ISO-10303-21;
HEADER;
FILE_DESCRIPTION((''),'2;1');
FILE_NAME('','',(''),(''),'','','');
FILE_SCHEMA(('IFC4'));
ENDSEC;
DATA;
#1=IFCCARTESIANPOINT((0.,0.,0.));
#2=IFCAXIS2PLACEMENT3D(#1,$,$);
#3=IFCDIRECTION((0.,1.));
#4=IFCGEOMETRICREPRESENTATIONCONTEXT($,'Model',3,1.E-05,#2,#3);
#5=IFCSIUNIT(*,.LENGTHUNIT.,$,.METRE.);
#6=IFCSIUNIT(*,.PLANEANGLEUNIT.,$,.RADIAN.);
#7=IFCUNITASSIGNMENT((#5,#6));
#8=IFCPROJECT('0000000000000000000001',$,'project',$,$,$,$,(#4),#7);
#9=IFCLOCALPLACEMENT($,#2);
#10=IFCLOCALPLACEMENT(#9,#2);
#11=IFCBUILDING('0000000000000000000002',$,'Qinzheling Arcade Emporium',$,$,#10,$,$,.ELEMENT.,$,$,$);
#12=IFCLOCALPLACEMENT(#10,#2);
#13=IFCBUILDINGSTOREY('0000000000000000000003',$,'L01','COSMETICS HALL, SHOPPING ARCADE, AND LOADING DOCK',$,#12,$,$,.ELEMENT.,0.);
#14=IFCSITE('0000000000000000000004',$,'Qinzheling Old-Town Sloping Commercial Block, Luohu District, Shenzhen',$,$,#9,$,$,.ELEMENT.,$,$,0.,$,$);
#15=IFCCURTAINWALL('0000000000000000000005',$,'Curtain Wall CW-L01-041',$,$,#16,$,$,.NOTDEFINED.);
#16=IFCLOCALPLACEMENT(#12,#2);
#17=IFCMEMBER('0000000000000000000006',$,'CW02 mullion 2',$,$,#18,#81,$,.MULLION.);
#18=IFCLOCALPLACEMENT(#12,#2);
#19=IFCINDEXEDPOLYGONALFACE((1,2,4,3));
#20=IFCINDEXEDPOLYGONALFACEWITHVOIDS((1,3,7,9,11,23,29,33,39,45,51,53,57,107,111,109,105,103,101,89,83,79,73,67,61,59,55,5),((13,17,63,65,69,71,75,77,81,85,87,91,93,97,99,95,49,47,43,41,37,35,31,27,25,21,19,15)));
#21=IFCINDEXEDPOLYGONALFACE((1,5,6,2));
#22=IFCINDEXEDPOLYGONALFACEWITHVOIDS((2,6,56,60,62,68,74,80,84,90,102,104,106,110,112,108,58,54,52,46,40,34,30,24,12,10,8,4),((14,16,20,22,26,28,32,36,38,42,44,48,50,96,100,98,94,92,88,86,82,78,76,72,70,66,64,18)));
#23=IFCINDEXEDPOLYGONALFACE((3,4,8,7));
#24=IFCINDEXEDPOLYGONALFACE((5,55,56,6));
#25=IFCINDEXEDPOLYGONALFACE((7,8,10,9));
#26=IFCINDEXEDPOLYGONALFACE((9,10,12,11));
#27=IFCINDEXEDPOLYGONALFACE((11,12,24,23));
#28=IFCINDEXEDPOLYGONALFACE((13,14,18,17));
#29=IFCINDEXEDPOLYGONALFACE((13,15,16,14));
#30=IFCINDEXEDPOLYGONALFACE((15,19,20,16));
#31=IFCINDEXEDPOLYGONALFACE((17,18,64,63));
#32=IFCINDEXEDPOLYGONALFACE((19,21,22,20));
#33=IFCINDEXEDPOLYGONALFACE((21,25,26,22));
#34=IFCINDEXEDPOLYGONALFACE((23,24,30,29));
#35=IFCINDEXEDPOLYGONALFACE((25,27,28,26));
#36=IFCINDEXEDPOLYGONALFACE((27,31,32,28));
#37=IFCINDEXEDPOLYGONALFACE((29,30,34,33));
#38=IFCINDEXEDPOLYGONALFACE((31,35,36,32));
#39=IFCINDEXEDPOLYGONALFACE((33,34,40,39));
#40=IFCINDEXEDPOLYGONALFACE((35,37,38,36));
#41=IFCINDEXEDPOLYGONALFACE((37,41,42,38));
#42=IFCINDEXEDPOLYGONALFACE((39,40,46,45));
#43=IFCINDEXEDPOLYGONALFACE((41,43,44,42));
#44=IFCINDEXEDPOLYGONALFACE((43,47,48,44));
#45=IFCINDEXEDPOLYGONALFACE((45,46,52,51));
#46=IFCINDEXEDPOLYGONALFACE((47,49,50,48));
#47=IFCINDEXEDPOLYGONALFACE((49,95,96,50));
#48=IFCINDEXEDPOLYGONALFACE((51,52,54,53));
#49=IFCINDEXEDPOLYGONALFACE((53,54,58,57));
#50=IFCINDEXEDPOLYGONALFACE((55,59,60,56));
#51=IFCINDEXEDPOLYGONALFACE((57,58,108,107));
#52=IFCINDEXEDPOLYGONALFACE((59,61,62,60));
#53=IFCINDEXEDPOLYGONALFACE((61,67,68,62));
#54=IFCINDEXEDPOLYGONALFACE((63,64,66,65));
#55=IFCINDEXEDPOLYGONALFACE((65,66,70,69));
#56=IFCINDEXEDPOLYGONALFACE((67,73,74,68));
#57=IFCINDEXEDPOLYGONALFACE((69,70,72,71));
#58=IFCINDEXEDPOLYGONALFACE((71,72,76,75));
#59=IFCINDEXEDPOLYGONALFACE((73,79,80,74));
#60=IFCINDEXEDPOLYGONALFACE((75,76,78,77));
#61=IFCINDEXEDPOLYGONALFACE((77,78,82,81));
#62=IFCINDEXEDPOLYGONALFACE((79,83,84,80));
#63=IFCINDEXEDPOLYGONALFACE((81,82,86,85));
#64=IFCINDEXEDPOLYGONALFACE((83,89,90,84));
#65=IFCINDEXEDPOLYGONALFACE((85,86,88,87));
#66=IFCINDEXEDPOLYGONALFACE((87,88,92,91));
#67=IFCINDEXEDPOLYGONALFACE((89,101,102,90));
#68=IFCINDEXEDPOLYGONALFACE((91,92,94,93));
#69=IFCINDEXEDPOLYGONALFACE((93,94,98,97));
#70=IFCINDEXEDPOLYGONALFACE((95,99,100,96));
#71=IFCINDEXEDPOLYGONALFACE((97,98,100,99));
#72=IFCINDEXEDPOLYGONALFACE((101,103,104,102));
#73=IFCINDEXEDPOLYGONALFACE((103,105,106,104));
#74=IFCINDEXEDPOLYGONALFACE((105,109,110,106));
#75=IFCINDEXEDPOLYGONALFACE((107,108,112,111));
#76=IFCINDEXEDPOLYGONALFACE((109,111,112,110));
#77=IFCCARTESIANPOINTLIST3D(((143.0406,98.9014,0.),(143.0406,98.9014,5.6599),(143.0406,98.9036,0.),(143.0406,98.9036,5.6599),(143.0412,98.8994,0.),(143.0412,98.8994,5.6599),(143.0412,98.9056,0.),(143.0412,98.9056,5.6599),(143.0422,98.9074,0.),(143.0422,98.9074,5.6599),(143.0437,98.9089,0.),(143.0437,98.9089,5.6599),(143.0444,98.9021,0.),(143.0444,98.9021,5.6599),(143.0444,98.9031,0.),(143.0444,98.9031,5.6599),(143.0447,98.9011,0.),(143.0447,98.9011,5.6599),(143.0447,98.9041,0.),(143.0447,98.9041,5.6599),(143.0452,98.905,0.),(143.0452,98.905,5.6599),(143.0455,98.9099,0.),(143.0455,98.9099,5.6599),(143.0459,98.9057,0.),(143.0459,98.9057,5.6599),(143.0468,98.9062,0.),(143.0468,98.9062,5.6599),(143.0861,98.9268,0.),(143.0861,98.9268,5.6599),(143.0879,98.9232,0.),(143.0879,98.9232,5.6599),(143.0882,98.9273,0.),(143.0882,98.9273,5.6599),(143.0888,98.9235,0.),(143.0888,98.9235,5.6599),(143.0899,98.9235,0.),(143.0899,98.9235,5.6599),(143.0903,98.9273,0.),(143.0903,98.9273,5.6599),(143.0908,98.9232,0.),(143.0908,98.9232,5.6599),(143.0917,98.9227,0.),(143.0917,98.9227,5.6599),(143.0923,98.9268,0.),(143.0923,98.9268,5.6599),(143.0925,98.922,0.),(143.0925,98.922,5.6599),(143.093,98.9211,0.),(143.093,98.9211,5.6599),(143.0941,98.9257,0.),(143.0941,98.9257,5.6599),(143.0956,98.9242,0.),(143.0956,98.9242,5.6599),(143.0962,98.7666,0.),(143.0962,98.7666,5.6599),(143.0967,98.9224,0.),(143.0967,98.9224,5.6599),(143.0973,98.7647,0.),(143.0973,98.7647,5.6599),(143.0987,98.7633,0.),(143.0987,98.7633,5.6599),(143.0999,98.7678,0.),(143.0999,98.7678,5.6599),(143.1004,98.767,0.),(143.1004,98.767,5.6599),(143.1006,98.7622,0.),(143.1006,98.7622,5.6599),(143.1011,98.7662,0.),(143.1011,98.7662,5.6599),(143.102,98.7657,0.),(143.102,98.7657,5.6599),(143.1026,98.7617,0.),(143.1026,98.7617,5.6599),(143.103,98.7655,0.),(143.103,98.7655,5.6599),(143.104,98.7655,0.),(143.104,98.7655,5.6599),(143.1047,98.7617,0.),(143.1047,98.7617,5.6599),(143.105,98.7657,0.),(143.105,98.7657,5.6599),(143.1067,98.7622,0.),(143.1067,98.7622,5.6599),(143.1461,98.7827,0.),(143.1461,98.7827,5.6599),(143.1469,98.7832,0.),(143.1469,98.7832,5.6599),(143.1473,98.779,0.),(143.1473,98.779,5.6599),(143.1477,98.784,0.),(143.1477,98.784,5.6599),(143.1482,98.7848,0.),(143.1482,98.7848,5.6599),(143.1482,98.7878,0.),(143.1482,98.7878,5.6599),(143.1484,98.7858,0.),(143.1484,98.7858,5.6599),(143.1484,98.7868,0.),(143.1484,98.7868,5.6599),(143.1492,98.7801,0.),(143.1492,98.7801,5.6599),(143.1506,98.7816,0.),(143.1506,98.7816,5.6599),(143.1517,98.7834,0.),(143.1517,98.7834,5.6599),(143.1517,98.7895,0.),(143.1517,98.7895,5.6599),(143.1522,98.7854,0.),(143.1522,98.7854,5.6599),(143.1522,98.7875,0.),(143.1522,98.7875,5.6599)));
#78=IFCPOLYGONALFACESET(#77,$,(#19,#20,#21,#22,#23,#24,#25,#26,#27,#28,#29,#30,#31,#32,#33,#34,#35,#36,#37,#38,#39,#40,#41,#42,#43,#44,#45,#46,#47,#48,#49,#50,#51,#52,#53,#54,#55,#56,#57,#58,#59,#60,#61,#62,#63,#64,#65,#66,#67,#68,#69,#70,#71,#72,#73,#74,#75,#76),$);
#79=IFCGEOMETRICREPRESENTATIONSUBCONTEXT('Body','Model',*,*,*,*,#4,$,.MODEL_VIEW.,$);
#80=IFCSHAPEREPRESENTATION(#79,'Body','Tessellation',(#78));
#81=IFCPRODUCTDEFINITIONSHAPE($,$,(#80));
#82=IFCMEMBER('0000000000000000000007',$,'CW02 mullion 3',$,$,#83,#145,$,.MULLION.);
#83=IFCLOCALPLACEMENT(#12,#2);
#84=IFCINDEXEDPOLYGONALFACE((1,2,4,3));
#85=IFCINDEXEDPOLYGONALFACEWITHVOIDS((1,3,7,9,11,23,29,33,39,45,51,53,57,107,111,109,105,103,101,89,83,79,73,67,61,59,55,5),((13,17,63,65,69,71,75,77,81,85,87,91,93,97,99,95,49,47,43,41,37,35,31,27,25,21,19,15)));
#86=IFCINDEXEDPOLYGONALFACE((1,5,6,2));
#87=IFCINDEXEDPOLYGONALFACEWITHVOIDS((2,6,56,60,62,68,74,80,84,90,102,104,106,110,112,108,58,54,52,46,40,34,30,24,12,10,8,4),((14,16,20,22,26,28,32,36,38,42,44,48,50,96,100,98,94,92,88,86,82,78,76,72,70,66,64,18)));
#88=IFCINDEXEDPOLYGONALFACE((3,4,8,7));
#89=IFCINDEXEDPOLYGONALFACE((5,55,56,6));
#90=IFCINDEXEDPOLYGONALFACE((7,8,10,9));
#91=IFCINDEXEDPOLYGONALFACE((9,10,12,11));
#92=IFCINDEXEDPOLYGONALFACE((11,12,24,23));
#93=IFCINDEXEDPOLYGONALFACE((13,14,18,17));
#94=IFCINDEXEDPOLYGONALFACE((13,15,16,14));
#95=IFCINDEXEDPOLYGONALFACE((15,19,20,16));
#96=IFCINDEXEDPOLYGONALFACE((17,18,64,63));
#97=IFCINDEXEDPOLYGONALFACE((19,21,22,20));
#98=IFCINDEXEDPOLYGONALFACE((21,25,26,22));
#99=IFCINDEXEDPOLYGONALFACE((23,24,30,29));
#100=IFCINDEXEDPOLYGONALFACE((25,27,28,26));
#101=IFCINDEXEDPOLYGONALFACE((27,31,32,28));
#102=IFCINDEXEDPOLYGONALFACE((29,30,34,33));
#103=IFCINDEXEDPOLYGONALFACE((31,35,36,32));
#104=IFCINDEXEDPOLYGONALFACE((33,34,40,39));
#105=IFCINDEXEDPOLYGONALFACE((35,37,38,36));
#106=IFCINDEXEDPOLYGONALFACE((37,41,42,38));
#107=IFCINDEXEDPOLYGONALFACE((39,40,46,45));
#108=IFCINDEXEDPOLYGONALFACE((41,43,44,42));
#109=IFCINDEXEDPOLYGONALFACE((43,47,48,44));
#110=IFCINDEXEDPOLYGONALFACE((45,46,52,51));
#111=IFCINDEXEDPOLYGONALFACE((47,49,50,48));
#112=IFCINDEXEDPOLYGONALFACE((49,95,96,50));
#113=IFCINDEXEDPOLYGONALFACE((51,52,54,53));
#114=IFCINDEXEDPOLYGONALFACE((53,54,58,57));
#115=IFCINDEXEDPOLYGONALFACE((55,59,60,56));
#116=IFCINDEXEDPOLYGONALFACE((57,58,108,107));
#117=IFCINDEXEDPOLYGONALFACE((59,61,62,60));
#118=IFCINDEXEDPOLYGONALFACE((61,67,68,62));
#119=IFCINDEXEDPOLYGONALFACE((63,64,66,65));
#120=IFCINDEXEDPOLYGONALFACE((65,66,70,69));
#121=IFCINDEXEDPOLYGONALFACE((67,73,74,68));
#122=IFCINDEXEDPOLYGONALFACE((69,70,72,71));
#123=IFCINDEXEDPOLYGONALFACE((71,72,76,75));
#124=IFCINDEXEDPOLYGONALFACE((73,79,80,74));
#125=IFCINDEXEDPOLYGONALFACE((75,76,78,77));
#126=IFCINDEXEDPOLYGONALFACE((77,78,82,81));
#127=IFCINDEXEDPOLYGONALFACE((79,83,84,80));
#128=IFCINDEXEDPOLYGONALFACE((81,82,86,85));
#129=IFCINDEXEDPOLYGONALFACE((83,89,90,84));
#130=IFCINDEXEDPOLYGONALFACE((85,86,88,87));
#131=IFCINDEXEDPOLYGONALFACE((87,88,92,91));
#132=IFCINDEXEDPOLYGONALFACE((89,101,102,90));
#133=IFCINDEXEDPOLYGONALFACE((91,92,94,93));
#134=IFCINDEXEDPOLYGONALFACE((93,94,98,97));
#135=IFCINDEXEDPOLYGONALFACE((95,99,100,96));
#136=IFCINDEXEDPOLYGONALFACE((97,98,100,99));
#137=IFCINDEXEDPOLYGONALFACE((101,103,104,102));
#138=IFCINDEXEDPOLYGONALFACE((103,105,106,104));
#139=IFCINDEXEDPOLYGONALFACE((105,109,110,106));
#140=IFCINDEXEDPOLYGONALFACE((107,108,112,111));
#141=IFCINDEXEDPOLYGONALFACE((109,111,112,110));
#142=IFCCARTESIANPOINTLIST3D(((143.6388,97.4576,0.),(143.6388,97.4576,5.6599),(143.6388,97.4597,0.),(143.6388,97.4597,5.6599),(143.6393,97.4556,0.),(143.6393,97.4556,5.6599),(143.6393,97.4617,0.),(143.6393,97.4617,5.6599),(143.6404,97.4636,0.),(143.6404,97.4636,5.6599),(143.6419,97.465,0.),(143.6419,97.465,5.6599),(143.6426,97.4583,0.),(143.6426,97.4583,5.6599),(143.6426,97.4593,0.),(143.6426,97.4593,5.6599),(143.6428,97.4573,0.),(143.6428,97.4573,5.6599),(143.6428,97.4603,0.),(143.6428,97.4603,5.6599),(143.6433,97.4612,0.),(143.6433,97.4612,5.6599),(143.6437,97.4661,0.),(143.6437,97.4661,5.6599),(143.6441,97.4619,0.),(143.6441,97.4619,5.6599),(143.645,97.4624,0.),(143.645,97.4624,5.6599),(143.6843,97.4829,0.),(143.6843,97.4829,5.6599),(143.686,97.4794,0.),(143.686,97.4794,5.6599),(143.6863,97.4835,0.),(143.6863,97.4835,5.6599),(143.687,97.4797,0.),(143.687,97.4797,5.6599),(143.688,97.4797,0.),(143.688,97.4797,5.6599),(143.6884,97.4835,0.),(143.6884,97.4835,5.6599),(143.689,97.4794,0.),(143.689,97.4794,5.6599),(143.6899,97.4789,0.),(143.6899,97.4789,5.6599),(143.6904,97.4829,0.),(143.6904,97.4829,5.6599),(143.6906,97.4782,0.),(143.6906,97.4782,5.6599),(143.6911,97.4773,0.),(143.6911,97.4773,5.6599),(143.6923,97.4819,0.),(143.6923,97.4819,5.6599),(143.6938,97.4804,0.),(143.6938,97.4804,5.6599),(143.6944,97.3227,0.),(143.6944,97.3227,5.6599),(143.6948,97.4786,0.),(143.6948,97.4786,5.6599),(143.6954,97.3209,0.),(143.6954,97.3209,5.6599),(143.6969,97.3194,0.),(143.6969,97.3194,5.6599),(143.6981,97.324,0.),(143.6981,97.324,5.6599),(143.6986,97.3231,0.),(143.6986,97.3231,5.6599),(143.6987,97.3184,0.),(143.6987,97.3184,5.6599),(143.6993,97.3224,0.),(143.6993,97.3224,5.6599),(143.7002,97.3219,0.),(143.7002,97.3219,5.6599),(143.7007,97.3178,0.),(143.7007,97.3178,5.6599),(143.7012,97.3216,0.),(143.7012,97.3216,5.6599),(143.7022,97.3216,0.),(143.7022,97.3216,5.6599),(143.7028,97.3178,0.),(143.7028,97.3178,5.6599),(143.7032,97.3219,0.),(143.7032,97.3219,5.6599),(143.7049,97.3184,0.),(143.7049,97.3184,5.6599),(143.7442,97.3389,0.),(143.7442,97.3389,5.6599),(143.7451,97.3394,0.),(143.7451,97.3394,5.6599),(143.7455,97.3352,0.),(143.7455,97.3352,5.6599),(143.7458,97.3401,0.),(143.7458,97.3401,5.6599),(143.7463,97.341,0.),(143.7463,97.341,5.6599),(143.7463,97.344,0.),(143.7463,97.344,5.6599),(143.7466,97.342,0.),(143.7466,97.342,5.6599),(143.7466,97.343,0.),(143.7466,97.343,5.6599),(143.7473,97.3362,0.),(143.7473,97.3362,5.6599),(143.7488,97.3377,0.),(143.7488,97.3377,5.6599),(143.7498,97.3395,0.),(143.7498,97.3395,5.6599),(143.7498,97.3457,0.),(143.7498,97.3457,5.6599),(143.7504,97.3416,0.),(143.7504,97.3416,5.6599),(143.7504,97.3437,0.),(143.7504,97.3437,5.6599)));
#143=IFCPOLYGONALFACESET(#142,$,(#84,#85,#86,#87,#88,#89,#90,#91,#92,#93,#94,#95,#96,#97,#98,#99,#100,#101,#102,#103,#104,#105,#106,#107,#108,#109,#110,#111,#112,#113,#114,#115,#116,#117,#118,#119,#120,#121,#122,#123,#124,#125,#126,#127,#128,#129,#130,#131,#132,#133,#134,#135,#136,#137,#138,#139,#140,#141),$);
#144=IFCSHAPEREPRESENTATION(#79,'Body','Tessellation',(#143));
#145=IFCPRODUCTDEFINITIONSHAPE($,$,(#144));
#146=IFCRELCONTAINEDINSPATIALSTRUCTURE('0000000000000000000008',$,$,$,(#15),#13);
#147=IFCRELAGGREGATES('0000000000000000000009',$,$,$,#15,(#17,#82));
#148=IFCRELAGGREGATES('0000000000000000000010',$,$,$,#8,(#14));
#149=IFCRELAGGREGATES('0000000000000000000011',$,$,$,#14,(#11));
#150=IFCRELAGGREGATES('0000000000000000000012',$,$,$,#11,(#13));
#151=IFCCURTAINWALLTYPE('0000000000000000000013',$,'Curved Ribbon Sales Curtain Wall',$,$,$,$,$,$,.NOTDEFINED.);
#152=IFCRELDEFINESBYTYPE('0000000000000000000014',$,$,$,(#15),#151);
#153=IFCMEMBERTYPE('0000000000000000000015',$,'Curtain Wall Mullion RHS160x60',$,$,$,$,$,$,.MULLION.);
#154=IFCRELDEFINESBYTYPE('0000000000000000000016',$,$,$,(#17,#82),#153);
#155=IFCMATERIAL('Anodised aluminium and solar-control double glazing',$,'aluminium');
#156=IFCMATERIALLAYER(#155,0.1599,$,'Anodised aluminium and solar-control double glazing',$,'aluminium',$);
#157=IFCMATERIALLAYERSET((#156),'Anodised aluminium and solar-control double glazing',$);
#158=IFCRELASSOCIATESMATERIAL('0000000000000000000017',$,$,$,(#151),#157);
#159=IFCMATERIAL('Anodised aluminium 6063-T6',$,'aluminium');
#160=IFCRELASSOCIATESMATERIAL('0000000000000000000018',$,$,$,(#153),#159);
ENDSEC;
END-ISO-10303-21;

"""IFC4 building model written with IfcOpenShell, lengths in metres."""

from ifc_helpers import new_model, si_unit, direction, frame, origin, origin_2d, place, context, subcontext, project, spatial, hollow_rectangle, extrude, material, layer, layer_set, material_profile, profile_set, type_object, element, aggregate, save


model = new_model("IFC4")

# Units and contexts
model_context = context("Model", 3, precision=1e-05, world=origin(), true_north=direction((0.0, 1.0)))
body_context = subcontext(model_context, "Body", "Model", "MODEL_VIEW")
ifc_project = project(units=[si_unit("LENGTHUNIT", "METRE"), si_unit("PLANEANGLEUNIT", "RADIAN")], contexts=[model_context])

# Site, building, storey
site_placement = place(None, origin())
site = spatial("IfcSite", under=ifc_project, at=site_placement, Name="Qinzheling Old-Town Sloping Commercial Block, Luohu District, Shenzhen", CompositionType="ELEMENT", RefElevation=0.0)
building_placement = place(site_placement, origin())
building = spatial("IfcBuilding", under=site, at=building_placement, Name="Qinzheling Arcade Emporium", CompositionType="ELEMENT")
storey_placement = place(building_placement, origin())
storey = spatial("IfcBuildingStorey", under=building, at=storey_placement, Name="L01", Description="COSMETICS HALL, SHOPPING ARCADE, AND LOADING DOCK", CompositionType="ELEMENT", Elevation=0.0)

# Curtain wall, members
ifc_material_1 = material(Name="Anodised aluminium and solar-control double glazing", Category="aluminium")
ifc_layer_1 = layer(ifc_material_1, 0.1599, Name="Anodised aluminium and solar-control double glazing", Category="aluminium")
ifc_layer_set_1 = layer_set([ifc_layer_1], Name="Anodised aluminium and solar-control double glazing")
curtain_wall_type = type_object("IfcCurtainWallType", Name="Curved Ribbon Sales Curtain Wall", PredefinedType="NOTDEFINED", material=ifc_layer_set_1)
curtain_wall_1_placement = place(storey_placement, origin())
curtain_wall_1 = element("IfcCurtainWall", 1, at=curtain_wall_1_placement, inside=storey, type_object=curtain_wall_type, Name="Curtain Wall CW-L01-041", PredefinedType="NOTDEFINED")
ifc_material_2 = material(Name="Anodised aluminium 6063-T6", Category="aluminium")
ifc_material_profile_1 = material_profile(ifc_material_2, hollow_rectangle(XDim=0.0601, YDim=0.1599, WallThickness=0.0039, InnerFilletRadius=0.0039, OuterFilletRadius=0.0081, at=origin_2d()), Name="RHS 160x60x4", Category="aluminium")
ifc_profile_set_1 = profile_set([ifc_material_profile_1], Name="Anodised aluminium 6063-T6")
member_type_1 = type_object("IfcMemberType", Name="Curtain Wall Mullion RHS160x60", PredefinedType="MULLION", material=ifc_profile_set_1)
member_1_placement = place(storey_placement, frame((143.0964, 98.8445, 0.0), z_axis=(0.0, 0.0, 1.0), x_axis=(0.923883, 0.382675, 0.0)))
member_1 = element("IfcMember", 2, at=member_1_placement, type_object=member_type_1, Name="CW02 mullion 2", PredefinedType="MULLION", context=body_context, shape_type="SweptSolid", body=[
    extrude(hollow_rectangle(XDim=0.0601, YDim=0.1599, WallThickness=0.0039, InnerFilletRadius=0.0039, OuterFilletRadius=0.0081, at=origin_2d()), origin(), (0.0, 0.0, 1.0), 5.6599),
])
member_2_placement = place(storey_placement, frame((143.6946, 97.4006, 0.0), z_axis=(0.0, 0.0, 1.0), x_axis=(0.923883, 0.382675, 0.0)))
member_2 = element("IfcMember", 3, at=member_2_placement, type_object=member_type_1, Name="CW02 mullion 3", PredefinedType="MULLION", context=body_context, shape_type="SweptSolid", body=[
    extrude(hollow_rectangle(XDim=0.0601, YDim=0.1599, WallThickness=0.0039, InnerFilletRadius=0.0039, OuterFilletRadius=0.0081, at=origin_2d()), origin(), (0.0, 0.0, 1.0), 5.6599),
])

aggregate(curtain_wall_1, [member_1, member_2])

save(model, "model.ifc")
